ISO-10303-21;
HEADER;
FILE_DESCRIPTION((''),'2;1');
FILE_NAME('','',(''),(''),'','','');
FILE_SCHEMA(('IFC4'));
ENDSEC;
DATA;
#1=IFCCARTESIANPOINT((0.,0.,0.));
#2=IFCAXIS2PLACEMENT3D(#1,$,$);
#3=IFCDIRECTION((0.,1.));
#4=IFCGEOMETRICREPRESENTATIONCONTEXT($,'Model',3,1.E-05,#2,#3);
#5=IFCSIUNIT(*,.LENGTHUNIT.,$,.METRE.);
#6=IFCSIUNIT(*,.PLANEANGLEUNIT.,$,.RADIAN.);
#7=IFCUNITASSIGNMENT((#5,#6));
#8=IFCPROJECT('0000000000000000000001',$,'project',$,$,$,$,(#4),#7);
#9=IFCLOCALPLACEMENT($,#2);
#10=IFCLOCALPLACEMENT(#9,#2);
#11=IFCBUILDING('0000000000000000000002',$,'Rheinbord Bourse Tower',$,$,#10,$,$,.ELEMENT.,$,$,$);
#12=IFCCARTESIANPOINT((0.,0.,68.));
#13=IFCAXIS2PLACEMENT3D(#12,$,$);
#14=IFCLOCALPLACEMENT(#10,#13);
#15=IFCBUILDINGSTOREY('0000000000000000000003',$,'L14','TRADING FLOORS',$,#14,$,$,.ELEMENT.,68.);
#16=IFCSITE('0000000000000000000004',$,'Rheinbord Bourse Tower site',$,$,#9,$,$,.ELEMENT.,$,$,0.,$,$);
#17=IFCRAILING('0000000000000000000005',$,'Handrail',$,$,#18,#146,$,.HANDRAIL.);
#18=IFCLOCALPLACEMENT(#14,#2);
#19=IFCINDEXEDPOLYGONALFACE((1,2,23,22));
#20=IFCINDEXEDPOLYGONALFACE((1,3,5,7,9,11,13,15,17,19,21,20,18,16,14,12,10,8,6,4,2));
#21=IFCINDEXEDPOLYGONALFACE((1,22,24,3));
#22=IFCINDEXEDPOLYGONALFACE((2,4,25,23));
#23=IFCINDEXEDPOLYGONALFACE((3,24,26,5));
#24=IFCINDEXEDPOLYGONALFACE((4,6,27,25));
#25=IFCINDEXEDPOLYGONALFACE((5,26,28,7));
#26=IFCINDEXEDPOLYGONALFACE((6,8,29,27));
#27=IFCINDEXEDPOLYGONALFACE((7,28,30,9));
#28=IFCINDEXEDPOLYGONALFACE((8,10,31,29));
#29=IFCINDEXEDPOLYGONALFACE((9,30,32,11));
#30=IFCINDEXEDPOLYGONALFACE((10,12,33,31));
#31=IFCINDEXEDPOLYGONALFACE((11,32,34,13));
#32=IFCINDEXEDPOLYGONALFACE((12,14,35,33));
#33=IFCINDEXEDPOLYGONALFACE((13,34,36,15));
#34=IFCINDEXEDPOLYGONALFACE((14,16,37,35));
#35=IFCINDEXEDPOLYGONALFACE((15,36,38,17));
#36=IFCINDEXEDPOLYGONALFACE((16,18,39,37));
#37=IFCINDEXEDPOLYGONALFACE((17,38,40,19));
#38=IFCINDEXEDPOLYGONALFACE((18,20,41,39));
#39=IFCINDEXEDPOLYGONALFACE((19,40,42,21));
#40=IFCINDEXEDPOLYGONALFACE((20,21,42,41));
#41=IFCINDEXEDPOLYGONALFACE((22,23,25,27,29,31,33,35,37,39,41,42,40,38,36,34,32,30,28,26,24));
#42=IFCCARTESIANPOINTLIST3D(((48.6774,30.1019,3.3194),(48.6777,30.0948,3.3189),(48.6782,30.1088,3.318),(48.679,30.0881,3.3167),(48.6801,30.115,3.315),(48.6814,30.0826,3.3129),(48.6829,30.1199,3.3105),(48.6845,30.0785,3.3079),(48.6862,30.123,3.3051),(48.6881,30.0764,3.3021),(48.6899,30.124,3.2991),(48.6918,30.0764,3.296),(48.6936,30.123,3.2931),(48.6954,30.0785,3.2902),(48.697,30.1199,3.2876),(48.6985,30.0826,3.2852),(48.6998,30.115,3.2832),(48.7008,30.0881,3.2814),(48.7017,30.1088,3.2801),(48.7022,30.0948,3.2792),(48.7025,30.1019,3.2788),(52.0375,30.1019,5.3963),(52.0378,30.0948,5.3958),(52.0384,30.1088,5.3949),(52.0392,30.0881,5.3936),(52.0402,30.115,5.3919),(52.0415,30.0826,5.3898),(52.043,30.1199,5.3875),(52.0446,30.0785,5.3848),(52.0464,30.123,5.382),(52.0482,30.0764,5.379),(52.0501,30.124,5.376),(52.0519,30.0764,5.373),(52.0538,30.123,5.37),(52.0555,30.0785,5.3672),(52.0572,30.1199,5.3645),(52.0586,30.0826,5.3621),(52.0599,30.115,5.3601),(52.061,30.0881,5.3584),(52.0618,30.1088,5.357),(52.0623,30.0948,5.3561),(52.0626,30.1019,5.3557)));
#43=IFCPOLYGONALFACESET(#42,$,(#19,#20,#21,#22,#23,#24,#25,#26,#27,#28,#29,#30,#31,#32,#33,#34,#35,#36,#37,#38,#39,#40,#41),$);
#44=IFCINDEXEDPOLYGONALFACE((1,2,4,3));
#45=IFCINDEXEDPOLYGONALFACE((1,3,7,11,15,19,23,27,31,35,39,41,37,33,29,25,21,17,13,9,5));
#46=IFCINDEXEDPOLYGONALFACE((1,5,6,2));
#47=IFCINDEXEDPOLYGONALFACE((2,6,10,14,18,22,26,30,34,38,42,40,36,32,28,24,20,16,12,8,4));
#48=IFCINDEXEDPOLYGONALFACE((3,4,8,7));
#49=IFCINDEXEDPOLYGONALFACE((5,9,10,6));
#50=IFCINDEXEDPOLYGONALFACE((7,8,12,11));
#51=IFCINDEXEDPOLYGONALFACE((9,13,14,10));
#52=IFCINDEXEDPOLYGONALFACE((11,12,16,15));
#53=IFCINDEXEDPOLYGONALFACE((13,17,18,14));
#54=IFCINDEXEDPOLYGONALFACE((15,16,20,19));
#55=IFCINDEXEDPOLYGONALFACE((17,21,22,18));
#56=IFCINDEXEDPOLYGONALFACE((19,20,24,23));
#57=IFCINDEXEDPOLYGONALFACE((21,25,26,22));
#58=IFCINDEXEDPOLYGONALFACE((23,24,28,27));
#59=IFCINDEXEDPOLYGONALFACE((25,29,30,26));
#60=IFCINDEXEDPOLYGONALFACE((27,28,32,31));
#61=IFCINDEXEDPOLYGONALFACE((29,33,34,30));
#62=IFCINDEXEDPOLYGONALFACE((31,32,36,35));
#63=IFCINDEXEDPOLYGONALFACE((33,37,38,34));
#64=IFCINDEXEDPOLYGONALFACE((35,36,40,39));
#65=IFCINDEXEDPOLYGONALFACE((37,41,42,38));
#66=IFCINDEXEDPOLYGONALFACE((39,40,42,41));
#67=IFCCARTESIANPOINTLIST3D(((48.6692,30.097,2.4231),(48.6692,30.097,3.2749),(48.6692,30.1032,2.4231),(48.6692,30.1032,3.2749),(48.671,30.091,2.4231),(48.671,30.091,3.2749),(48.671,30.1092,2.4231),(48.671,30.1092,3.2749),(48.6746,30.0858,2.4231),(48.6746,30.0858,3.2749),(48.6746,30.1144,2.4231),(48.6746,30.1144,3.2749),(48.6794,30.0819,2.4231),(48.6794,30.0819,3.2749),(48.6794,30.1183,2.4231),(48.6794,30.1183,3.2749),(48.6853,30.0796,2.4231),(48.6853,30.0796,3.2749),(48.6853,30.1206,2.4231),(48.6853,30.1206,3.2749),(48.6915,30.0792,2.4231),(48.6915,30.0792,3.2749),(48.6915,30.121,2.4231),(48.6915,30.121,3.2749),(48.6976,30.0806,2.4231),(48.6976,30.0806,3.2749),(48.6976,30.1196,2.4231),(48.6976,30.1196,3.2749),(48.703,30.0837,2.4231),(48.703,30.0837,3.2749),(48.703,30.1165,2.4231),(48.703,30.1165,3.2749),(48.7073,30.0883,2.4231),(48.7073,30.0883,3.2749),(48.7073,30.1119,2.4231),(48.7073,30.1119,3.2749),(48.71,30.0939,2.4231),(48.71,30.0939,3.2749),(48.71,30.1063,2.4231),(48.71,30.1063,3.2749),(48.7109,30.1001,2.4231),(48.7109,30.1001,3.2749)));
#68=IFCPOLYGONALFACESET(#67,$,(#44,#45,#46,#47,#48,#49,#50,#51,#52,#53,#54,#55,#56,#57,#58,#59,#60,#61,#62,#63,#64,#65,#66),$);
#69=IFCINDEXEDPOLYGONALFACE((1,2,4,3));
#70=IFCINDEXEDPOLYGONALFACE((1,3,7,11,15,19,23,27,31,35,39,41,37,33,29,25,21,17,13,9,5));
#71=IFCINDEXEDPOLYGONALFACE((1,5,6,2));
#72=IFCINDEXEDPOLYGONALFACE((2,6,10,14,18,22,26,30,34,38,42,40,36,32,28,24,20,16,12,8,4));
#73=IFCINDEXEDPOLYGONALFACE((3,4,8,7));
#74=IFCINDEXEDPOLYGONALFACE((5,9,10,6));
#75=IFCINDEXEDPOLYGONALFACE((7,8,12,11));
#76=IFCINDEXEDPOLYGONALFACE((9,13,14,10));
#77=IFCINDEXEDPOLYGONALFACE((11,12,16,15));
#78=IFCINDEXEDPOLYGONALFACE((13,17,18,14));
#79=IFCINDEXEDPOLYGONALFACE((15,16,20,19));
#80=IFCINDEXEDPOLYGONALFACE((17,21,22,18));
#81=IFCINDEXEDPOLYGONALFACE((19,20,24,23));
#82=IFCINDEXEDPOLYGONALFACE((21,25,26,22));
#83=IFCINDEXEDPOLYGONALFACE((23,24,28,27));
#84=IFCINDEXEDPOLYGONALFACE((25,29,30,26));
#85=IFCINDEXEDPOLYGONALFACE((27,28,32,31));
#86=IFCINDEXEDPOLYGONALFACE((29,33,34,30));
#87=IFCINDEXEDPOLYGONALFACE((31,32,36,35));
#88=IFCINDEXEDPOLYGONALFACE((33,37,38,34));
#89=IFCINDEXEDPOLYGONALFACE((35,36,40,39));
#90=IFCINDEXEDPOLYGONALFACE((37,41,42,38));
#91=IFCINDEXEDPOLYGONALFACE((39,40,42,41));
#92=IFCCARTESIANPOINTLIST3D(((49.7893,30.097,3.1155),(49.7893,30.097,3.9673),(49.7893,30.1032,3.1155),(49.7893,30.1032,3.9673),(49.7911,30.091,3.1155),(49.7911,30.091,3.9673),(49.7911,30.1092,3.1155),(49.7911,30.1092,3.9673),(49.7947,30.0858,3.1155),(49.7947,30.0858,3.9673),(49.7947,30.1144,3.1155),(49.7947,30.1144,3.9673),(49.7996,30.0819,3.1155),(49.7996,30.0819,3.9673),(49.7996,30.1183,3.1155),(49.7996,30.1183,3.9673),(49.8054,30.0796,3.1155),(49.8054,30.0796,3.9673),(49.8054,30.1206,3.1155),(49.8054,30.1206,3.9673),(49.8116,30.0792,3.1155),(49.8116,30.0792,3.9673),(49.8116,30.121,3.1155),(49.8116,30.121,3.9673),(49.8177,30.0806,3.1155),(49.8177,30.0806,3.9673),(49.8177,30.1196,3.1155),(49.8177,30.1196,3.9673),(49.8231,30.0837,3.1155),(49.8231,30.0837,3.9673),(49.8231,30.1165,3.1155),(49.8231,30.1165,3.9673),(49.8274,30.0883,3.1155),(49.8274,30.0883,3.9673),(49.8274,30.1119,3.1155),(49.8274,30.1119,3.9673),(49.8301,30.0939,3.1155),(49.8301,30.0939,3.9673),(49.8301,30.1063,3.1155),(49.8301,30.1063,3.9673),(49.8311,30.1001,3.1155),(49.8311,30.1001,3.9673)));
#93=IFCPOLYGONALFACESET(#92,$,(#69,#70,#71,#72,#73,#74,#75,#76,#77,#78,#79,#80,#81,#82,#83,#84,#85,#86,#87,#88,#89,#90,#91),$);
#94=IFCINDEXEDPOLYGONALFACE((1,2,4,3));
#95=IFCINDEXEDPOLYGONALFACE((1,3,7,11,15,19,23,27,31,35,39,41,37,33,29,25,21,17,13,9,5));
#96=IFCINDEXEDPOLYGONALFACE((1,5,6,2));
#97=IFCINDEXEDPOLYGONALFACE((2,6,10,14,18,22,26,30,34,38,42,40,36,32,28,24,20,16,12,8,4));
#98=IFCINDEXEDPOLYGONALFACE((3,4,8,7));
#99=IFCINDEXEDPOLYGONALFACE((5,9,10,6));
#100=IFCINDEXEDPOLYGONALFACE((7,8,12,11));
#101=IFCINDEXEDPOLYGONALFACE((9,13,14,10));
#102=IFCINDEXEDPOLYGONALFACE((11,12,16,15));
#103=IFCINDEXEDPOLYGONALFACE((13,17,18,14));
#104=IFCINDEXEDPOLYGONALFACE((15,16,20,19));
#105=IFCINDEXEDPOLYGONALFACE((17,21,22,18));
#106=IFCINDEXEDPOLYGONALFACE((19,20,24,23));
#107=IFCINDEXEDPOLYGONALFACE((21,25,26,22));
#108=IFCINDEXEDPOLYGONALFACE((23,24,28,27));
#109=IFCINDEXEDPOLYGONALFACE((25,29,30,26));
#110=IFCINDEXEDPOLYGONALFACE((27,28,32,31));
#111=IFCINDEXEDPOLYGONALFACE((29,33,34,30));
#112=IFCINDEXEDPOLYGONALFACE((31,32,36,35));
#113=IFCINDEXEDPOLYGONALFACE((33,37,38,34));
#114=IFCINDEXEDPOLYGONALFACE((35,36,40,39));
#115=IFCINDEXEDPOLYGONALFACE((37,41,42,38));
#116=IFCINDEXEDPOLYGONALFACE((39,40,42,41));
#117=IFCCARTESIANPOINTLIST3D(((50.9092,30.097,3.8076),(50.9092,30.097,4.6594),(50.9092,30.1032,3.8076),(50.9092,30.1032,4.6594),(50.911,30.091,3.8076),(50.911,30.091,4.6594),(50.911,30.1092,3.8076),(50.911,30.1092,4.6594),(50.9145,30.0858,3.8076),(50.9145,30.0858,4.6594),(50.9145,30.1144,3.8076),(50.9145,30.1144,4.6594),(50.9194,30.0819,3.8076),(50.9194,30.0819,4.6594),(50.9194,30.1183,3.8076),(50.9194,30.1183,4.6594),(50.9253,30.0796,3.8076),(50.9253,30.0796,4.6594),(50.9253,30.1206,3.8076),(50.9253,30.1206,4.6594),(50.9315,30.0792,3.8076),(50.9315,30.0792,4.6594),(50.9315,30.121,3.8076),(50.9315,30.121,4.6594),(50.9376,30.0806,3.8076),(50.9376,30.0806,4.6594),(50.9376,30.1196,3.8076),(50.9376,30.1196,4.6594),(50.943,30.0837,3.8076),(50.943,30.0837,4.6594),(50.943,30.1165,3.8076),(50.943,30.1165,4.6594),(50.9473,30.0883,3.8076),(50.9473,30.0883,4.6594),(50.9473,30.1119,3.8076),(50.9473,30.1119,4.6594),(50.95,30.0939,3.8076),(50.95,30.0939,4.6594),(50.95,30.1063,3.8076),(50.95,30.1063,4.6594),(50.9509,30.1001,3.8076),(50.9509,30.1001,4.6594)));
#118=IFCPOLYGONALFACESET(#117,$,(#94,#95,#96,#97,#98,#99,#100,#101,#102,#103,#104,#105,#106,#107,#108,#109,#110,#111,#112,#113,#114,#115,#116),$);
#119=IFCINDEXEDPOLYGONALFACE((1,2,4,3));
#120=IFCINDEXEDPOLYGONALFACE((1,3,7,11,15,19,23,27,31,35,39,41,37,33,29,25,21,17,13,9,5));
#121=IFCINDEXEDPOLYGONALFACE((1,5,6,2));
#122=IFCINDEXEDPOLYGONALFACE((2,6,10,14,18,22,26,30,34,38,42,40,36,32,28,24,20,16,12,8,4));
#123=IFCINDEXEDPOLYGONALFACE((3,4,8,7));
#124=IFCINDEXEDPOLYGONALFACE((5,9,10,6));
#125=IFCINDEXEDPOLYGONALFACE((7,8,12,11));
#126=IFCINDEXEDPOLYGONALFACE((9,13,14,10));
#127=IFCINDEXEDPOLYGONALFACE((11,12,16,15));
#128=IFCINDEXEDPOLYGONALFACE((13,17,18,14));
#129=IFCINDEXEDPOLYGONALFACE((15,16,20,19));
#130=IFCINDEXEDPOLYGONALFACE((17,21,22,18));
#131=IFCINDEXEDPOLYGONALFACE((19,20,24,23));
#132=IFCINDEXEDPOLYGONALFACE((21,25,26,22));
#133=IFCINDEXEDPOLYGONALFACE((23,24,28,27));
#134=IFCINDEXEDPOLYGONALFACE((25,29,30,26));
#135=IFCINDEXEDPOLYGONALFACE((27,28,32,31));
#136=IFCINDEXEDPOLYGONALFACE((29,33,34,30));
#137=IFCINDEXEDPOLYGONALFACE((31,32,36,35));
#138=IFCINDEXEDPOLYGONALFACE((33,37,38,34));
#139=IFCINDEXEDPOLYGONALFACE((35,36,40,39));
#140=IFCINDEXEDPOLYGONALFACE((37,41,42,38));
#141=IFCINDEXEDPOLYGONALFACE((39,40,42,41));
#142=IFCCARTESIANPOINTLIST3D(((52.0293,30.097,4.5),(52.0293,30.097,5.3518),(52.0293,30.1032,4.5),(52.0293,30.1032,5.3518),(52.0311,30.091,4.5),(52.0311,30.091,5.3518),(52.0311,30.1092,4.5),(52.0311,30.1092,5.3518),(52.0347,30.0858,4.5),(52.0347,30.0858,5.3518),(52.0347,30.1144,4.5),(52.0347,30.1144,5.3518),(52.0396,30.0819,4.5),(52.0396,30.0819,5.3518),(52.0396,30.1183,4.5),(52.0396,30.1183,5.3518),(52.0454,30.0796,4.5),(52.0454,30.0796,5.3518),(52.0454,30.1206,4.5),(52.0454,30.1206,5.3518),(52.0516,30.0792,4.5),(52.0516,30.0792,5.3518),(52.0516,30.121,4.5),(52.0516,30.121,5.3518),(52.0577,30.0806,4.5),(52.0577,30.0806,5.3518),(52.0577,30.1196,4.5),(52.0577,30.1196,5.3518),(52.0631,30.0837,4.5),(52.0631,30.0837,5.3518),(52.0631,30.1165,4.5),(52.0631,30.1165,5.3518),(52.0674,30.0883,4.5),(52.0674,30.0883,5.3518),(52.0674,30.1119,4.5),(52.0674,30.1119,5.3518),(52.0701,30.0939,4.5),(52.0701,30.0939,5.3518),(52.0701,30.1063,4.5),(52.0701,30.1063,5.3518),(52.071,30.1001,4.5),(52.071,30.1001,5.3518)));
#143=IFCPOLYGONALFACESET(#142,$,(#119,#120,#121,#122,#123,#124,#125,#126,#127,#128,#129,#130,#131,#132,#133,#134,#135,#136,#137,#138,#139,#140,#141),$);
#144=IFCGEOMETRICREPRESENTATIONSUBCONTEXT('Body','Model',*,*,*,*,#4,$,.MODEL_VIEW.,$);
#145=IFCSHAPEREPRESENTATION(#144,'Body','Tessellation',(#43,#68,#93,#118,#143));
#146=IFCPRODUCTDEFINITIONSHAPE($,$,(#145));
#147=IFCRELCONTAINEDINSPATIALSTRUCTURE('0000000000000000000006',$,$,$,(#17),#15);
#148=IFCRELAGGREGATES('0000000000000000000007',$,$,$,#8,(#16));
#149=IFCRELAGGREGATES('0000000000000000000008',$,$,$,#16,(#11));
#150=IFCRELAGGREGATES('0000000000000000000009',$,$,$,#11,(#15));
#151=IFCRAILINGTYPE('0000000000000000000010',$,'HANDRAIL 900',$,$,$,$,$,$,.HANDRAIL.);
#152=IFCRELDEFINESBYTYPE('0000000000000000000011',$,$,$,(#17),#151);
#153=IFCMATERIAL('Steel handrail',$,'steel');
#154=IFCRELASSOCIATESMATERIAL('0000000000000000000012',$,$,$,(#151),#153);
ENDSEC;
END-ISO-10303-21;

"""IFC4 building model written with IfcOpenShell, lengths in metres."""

from ifc_helpers import new_model, si_unit, direction, frame, origin, origin_2d, place, context, subcontext, project, spatial, circle, extrude, material, type_object, element, save


model = new_model("IFC4")

# Units and contexts
model_context = context("Model", 3, precision=1e-05, world=origin(), true_north=direction((0.0, 1.0)))
body_context = subcontext(model_context, "Body", "Model", "MODEL_VIEW")
ifc_project = project(units=[si_unit("LENGTHUNIT", "METRE"), si_unit("PLANEANGLEUNIT", "RADIAN")], contexts=[model_context])

# Site, building, storey
site_placement = place(None, origin())
site = spatial("IfcSite", under=ifc_project, at=site_placement, Name="Rheinbord Bourse Tower site", CompositionType="ELEMENT", RefElevation=0.0)
building_placement = place(site_placement, origin())
building = spatial("IfcBuilding", under=site, at=building_placement, Name="Rheinbord Bourse Tower", CompositionType="ELEMENT")
storey_placement = place(building_placement, frame((0.0, 0.0, 68.0)))
storey = spatial("IfcBuildingStorey", under=building, at=storey_placement, Name="L14", Description="TRADING FLOORS", CompositionType="ELEMENT", Elevation=68.0)

# Railing
ifc_material_1 = material(Name="Steel handrail", Category="steel")
railing_type = type_object("IfcRailingType", Name="HANDRAIL 900", PredefinedType="HANDRAIL", material=ifc_material_1)
railing_1_placement = place(storey_placement, frame((48.6899, 30.1001, 2.4231)))
element("IfcRailing", 1, at=railing_1_placement, inside=storey, type_object=railing_type, Name="Handrail", PredefinedType="HANDRAIL", context=body_context, shape_type="SweptSolid", body=[
    extrude(circle(Radius=0.0239, at=origin_2d()), frame((0.0, 0.0, 0.876), z_axis=(0.850623, 0.0, 0.525776), x_axis=(0.0, 1.0, 0.0)), (0.0, 0.0, 1.0), 3.9502),
    extrude(circle(Radius=0.021, at=origin_2d()), origin(), (0.0, 0.0, 1.0), 0.8518),
    extrude(circle(Radius=0.021, at=origin_2d()), frame((1.1201, 0.0, 0.6924)), (0.0, 0.0, 1.0), 0.8518),
    extrude(circle(Radius=0.021, at=origin_2d()), frame((2.24, 0.0, 1.3845)), (0.0, 0.0, 1.0), 0.8518),
    extrude(circle(Radius=0.021, at=origin_2d()), frame((3.3601, 0.0, 2.0769)), (0.0, 0.0, 1.0), 0.8518),
])

save(model, "model.ifc")
